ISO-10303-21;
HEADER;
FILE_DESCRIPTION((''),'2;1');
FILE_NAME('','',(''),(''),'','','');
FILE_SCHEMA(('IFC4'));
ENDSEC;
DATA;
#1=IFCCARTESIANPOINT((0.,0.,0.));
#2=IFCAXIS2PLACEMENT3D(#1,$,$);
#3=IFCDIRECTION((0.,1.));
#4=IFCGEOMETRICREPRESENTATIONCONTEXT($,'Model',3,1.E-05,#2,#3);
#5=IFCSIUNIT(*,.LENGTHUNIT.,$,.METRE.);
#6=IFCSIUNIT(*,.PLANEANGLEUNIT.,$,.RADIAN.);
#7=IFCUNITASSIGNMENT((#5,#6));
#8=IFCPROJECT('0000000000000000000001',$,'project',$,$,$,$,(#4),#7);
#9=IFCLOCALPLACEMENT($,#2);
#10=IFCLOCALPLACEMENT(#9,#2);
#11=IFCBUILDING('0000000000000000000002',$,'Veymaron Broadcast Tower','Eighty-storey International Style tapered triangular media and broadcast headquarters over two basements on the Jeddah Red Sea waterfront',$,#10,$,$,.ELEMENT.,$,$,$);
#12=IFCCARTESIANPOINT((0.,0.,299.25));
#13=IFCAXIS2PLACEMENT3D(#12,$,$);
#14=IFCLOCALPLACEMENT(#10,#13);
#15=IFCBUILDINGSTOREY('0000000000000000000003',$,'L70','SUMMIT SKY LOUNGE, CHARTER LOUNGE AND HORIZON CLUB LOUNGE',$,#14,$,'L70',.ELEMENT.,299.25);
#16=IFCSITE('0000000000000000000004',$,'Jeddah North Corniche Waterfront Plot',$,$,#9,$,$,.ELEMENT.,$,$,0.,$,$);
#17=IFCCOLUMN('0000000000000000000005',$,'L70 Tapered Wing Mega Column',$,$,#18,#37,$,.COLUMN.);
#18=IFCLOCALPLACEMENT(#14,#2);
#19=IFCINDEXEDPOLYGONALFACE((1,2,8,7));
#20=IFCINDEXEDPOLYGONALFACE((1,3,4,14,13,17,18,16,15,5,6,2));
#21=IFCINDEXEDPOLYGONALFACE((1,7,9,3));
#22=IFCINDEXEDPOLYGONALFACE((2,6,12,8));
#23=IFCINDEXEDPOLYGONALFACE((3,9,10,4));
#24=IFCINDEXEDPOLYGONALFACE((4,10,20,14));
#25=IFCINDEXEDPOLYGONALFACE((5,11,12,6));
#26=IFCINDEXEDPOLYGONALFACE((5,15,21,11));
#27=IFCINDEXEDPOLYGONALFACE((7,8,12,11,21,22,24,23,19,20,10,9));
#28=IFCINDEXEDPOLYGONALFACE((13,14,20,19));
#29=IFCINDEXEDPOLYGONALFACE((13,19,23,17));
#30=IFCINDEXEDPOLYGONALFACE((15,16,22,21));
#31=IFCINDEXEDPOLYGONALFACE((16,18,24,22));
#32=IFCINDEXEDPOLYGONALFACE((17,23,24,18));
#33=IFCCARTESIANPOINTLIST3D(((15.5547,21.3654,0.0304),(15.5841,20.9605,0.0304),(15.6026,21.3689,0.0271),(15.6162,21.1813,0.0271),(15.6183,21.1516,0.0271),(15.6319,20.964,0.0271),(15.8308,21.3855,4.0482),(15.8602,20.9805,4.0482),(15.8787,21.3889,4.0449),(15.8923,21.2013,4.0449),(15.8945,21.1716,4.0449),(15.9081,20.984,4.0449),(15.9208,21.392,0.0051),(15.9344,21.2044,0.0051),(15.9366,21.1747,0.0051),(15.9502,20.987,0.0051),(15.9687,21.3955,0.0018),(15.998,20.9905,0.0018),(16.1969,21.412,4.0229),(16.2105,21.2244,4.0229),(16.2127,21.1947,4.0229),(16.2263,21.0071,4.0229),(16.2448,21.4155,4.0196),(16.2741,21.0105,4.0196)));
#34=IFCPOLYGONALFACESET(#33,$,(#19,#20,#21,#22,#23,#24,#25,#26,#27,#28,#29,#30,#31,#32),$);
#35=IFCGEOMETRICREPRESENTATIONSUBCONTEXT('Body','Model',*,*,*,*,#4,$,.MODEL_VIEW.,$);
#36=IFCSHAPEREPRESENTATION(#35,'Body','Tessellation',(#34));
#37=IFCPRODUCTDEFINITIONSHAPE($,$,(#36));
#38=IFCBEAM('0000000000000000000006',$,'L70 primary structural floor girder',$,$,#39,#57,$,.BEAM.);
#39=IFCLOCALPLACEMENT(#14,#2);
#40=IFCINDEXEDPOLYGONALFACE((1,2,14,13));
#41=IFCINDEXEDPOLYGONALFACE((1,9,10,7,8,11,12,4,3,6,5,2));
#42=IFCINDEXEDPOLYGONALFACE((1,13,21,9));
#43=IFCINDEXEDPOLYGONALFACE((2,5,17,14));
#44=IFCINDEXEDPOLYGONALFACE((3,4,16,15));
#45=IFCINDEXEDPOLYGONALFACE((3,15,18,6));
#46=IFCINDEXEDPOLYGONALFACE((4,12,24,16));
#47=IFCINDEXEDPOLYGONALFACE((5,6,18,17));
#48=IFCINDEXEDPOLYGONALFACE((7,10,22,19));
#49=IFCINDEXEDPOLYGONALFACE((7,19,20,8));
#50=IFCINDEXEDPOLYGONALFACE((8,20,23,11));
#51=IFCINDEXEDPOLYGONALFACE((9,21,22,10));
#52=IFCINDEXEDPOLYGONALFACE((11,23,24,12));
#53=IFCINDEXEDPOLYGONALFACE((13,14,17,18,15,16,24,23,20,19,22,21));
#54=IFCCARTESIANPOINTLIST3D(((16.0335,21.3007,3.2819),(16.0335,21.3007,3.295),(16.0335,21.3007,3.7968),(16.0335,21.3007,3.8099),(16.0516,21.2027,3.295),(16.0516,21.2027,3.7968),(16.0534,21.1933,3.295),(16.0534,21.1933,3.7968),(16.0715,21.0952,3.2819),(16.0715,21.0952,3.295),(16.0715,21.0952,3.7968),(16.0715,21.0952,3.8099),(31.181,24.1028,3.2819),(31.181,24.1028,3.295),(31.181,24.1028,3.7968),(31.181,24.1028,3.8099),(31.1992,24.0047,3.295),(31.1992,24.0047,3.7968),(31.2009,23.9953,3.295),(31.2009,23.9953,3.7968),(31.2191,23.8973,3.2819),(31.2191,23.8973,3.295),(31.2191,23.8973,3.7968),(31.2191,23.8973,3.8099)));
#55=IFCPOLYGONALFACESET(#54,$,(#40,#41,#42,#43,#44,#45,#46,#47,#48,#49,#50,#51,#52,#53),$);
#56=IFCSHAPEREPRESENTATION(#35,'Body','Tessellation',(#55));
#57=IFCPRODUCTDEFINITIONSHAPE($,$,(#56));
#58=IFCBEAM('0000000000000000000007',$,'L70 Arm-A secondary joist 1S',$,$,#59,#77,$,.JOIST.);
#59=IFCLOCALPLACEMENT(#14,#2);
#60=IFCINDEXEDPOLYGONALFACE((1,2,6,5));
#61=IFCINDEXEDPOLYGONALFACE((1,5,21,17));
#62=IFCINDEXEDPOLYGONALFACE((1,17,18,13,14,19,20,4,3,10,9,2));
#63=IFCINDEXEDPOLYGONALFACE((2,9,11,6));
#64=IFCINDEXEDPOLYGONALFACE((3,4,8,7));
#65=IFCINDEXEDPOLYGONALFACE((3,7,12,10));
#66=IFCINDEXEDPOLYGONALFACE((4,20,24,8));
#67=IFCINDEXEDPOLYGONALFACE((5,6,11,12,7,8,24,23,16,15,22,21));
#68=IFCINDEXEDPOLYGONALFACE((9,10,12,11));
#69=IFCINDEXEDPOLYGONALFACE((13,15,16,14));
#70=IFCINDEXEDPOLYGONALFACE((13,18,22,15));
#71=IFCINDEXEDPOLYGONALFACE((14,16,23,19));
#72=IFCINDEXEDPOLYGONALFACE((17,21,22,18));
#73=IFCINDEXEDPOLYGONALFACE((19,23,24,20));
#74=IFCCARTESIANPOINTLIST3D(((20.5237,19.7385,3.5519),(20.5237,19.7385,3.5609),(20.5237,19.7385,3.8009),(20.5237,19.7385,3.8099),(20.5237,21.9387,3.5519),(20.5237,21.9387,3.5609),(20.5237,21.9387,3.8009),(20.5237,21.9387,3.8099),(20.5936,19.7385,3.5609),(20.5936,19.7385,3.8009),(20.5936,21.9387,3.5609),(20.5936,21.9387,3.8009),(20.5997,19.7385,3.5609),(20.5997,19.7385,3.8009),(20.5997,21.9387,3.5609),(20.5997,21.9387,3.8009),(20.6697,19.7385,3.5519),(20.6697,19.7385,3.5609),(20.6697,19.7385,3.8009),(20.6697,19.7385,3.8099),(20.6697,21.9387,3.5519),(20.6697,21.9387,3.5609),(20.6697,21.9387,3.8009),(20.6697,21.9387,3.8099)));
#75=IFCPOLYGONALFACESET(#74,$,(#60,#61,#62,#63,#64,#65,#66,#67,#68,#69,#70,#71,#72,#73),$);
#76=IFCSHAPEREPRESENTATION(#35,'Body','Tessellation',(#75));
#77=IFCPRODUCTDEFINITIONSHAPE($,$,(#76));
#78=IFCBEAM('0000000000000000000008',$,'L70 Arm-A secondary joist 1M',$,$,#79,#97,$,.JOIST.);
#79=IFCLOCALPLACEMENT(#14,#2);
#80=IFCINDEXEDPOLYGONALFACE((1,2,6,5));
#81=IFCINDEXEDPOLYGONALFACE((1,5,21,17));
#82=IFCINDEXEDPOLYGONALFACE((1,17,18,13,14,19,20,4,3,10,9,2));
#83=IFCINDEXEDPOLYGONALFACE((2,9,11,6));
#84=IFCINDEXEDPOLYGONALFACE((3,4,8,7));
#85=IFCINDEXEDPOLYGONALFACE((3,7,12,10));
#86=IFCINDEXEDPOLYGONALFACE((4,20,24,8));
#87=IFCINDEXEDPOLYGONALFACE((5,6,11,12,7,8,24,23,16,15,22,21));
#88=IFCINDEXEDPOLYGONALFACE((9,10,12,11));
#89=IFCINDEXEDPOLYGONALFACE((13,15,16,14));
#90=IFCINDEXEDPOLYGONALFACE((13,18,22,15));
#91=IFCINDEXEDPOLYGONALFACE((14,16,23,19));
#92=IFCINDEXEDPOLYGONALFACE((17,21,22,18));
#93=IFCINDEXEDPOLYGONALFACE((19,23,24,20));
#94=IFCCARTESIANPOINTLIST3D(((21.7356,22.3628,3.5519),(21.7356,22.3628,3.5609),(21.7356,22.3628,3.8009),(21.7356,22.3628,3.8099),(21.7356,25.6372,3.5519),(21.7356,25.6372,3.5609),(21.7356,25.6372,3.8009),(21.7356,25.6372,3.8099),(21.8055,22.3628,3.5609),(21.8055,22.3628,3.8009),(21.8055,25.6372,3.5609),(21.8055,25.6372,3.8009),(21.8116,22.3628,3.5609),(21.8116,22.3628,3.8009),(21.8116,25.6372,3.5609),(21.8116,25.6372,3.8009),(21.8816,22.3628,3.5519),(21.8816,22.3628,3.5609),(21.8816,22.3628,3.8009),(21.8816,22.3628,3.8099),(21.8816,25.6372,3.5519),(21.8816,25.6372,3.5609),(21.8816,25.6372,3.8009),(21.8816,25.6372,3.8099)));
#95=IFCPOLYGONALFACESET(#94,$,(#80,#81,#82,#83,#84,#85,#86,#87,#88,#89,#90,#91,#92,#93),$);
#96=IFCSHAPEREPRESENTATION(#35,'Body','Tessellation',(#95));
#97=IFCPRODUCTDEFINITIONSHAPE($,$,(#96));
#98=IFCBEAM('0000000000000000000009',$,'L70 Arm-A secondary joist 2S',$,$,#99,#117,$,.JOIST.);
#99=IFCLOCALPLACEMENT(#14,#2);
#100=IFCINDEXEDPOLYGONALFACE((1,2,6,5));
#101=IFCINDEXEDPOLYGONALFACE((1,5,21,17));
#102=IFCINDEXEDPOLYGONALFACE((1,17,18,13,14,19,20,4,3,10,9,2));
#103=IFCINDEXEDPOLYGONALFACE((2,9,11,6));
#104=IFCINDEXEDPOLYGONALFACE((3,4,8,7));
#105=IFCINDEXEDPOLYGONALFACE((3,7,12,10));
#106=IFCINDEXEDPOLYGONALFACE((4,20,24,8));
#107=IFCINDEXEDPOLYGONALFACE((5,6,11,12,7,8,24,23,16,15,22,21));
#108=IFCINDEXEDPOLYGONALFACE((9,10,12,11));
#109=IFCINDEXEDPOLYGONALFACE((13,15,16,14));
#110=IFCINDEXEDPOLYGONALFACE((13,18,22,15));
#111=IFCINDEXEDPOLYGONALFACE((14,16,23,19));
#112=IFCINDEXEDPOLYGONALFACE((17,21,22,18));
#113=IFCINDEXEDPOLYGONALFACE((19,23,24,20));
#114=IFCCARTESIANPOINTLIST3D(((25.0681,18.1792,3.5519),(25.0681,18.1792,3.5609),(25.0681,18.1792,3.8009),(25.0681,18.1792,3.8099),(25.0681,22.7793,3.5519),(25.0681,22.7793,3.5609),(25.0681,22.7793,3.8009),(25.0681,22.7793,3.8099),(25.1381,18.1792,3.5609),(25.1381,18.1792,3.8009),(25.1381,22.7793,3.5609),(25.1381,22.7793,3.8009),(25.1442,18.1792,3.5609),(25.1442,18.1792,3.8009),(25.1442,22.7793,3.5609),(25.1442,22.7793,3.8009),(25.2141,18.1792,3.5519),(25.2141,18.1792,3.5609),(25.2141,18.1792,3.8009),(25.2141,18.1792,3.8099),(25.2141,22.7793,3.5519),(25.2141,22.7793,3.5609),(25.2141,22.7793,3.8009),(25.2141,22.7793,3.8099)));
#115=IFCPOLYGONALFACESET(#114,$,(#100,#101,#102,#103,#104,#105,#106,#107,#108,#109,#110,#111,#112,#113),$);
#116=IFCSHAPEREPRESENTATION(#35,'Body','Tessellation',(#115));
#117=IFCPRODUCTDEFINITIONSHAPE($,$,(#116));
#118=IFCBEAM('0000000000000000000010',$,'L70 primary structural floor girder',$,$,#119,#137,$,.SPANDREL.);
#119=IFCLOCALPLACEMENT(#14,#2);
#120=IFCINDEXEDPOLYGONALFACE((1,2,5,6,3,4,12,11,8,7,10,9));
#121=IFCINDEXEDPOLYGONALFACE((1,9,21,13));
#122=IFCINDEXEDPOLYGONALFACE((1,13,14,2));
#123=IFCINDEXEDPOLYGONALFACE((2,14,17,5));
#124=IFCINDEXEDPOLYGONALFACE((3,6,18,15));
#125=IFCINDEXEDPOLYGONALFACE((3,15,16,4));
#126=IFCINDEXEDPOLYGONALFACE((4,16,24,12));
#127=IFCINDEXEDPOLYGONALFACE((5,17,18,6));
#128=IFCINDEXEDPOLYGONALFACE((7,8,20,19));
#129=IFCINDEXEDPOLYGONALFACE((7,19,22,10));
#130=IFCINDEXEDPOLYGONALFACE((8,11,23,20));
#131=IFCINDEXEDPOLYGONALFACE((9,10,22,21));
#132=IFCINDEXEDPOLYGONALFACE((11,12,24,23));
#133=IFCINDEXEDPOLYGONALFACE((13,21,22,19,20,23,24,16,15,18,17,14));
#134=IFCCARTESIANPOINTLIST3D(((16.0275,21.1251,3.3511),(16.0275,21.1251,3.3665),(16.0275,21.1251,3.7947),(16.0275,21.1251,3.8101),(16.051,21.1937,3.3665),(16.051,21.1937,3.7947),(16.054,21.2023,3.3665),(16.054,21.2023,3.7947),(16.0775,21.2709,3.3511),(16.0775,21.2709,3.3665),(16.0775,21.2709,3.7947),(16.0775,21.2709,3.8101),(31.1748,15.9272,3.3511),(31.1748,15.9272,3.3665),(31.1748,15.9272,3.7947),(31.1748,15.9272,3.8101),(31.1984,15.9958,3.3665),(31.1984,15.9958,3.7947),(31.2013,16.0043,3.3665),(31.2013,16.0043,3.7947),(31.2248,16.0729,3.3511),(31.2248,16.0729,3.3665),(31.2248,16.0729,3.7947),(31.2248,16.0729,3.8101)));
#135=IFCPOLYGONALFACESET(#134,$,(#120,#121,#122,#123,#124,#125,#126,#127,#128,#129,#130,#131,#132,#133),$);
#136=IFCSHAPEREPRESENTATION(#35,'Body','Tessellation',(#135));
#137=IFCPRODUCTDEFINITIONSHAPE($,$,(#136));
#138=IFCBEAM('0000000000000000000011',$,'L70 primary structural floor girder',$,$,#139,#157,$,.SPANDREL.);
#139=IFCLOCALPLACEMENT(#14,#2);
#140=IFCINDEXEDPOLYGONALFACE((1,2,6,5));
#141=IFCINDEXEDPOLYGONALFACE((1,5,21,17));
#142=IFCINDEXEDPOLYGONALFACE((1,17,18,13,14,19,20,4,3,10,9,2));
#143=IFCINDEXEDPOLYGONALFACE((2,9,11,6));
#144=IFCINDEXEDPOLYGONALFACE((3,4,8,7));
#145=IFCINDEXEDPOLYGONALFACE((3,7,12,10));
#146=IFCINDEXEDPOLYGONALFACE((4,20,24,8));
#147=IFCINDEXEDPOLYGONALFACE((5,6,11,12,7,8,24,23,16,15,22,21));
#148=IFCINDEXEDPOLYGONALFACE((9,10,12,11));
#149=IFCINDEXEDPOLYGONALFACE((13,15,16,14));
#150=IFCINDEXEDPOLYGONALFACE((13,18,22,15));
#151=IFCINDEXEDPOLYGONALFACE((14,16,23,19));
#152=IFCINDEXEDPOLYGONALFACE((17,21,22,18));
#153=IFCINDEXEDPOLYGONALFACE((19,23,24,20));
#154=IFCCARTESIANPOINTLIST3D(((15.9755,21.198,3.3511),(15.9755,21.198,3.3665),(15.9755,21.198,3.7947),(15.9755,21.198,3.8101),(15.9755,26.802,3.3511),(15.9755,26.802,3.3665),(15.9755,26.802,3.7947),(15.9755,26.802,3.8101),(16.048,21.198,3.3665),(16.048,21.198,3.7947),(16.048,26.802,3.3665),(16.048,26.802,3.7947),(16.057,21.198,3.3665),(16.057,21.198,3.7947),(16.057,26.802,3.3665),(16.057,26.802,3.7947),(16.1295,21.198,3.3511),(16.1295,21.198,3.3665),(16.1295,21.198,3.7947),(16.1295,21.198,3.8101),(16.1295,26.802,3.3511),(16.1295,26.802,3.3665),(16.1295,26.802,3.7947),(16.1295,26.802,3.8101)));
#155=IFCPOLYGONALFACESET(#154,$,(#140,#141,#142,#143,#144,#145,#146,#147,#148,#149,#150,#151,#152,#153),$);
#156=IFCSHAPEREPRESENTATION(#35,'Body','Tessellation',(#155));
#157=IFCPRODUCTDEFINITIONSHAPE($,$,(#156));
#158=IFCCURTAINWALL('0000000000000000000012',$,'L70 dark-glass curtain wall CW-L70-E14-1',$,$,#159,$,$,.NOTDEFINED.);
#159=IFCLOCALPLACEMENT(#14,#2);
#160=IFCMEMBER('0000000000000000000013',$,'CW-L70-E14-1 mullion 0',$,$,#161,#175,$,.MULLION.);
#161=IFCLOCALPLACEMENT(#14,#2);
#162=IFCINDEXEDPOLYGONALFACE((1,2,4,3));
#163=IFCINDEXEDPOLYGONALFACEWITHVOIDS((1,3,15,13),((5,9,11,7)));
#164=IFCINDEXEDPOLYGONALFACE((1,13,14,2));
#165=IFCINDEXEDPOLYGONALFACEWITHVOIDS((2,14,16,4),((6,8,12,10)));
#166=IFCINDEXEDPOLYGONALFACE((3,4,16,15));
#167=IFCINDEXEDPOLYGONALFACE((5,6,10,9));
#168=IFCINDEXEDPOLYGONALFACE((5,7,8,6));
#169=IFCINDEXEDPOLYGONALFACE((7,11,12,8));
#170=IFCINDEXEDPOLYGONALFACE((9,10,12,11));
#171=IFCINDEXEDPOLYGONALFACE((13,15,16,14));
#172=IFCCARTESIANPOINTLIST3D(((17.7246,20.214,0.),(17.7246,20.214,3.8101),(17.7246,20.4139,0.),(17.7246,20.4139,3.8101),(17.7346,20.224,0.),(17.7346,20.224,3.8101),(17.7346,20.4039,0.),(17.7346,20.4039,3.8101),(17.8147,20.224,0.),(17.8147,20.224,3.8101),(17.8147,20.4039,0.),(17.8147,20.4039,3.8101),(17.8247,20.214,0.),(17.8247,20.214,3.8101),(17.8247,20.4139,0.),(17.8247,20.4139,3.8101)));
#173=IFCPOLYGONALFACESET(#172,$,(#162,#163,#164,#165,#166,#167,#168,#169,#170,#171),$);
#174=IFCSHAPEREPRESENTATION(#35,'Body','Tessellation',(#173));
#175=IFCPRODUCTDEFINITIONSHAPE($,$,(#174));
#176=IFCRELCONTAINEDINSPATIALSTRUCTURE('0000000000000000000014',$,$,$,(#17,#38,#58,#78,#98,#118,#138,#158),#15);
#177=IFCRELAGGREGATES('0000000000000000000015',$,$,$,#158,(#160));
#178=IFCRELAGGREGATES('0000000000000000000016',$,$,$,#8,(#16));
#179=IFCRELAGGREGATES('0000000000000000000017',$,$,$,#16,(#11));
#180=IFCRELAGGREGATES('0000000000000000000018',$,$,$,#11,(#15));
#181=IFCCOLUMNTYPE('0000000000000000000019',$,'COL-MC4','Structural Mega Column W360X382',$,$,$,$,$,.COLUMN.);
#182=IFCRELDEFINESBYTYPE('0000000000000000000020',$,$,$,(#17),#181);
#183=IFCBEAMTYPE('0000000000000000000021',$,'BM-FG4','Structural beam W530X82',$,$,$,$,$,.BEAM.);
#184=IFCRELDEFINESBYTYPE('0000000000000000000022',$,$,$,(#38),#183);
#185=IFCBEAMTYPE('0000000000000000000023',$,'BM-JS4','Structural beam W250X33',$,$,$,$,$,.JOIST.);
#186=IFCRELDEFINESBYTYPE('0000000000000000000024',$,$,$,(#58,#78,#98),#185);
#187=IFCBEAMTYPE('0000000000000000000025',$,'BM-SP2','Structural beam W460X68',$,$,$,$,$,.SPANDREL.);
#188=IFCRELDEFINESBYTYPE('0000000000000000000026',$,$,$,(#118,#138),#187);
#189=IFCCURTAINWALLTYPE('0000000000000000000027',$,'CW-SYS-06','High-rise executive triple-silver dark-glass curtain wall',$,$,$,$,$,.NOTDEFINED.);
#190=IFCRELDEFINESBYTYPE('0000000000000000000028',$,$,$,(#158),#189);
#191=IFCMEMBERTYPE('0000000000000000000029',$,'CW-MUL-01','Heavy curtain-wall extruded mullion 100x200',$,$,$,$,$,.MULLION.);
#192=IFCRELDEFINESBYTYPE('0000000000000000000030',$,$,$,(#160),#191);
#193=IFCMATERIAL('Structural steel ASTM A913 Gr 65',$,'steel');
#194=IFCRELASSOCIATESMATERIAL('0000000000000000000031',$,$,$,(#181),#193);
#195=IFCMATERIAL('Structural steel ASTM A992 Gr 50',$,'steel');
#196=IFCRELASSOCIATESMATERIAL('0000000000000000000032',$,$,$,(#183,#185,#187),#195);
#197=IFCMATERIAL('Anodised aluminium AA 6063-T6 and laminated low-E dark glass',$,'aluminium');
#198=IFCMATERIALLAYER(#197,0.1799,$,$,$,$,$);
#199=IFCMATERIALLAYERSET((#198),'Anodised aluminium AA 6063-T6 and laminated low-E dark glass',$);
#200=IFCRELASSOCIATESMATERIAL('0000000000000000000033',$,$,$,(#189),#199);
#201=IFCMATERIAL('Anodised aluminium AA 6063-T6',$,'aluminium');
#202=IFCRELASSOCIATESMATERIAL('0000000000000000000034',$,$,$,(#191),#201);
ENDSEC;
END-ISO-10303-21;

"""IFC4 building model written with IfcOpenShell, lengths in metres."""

from ifc_helpers import new_model, si_unit, direction, frame, origin, origin_2d, place, context, subcontext, project, spatial, hollow_rectangle, i_section, extrude, material, layer, layer_set, material_profile, profile_set, type_object, element, aggregate, save


model = new_model("IFC4")

# Units and contexts
model_context = context("Model", 3, precision=1e-05, world=origin(), true_north=direction((0.0, 1.0)))
body_context = subcontext(model_context, "Body", "Model", "MODEL_VIEW")
ifc_project = project(units=[si_unit("LENGTHUNIT", "METRE"), si_unit("PLANEANGLEUNIT", "RADIAN")], contexts=[model_context])

# Site, building, storey
site_placement = place(None, origin())
site = spatial("IfcSite", under=ifc_project, at=site_placement, Name="Jeddah North Corniche Waterfront Plot", CompositionType="ELEMENT", RefElevation=0.0)
building_placement = place(site_placement, origin())
building = spatial("IfcBuilding", under=site, at=building_placement, Name="Veymaron Broadcast Tower", Description="Eighty-storey International Style tapered triangular media and broadcast headquarters over two basements on the Jeddah Red Sea waterfront", CompositionType="ELEMENT")
storey_placement = place(building_placement, frame((0.0, 0.0, 299.25)))
storey = spatial("IfcBuildingStorey", under=building, at=storey_placement, Name="L70", Description="SUMMIT SKY LOUNGE, CHARTER LOUNGE AND HORIZON CLUB LOUNGE", LongName="L70", CompositionType="ELEMENT", Elevation=299.25)

# Column
ifc_material_1 = material(Name="Structural steel ASTM A913 Gr 65", Category="steel")
ifc_material_profile_1 = material_profile(ifc_material_1, i_section(OverallWidth=0.406, OverallDepth=0.416, WebThickness=0.0298, FlangeThickness=0.0481, at=origin_2d()), Name="W360X382")
ifc_profile_set_1 = profile_set([ifc_material_profile_1], Name="Structural steel ASTM A913 Gr 65")
column_type = type_object("IfcColumnType", Name="COL-MC4", Description="Structural Mega Column W360X382", PredefinedType="COLUMN", material=ifc_profile_set_1)
column_placement = place(storey_placement, frame((15.7764, 21.178, 0.0161), z_axis=(0.068562, 0.004971, 0.997634), x_axis=(-0.072312, 0.997382, 0.0)))
element("IfcColumn", 1, at=column_placement, inside=storey, type_object=column_type, Name="L70 Tapered Wing Mega Column", PredefinedType="COLUMN", context=body_context, shape_type="SweptSolid", body=[
    extrude(i_section(OverallWidth=0.406, OverallDepth=0.416, WebThickness=0.0298, FlangeThickness=0.0481, at=origin_2d()), origin(), (0.0, 0.0, 1.0), 4.0273),
])

# Beams
ifc_material_2 = material(Name="Structural steel ASTM A992 Gr 50", Category="steel")
ifc_material_profile_2 = material_profile(ifc_material_2, i_section(OverallWidth=0.209, OverallDepth=0.5281, WebThickness=0.0095, FlangeThickness=0.0132, at=origin_2d()), Name="W530X82")
ifc_profile_set_2 = profile_set([ifc_material_profile_2], Name="Structural steel ASTM A992 Gr 50")
beam_type_1 = type_object("IfcBeamType", Name="BM-FG4", Description="Structural beam W530X82", PredefinedType="BEAM", material=ifc_profile_set_2)
beam_1_placement = place(storey_placement, frame((16.0525, 21.198, 3.5459), z_axis=(0.983318, 0.181896, 0.0), x_axis=(-0.181896, 0.983318, 0.0)))
element("IfcBeam", 2, at=beam_1_placement, inside=storey, type_object=beam_type_1, Name="L70 primary structural floor girder", PredefinedType="BEAM", context=body_context, shape_type="SweptSolid", body=[
    extrude(i_section(OverallWidth=0.209, OverallDepth=0.5281, WebThickness=0.0095, FlangeThickness=0.0132, at=origin_2d()), origin(), (0.0, 0.0, 1.0), 15.4045),
])
ifc_material_profile_3 = material_profile(ifc_material_2, i_section(OverallWidth=0.146, OverallDepth=0.2581, WebThickness=0.0061, FlangeThickness=0.009, at=origin_2d()), Name="W250X33")
ifc_profile_set_3 = profile_set([ifc_material_profile_3], Name="Structural steel ASTM A992 Gr 50")
beam_type_2 = type_object("IfcBeamType", Name="BM-JS4", Description="Structural beam W250X33", PredefinedType="JOIST", material=ifc_profile_set_3)
beam_2_placement = place(storey_placement, frame((20.5967, 19.7385, 3.6809), z_axis=(0.0, 1.0, 0.0), x_axis=(-1.0, 0.0, 0.0)))
element("IfcBeam", 3, at=beam_2_placement, inside=storey, type_object=beam_type_2, Name="L70 Arm-A secondary joist 1S", PredefinedType="JOIST", context=body_context, shape_type="SweptSolid", body=[
    extrude(i_section(OverallWidth=0.146, OverallDepth=0.2581, WebThickness=0.0061, FlangeThickness=0.009, at=origin_2d()), origin(), (0.0, 0.0, 1.0), 2.2002),
])
beam_3_placement = place(storey_placement, frame((21.8086, 22.3628, 3.6809), z_axis=(0.0, 1.0, 0.0), x_axis=(-1.0, 0.0, 0.0)))
element("IfcBeam", 4, at=beam_3_placement, inside=storey, type_object=beam_type_2, Name="L70 Arm-A secondary joist 1M", PredefinedType="JOIST", context=body_context, shape_type="SweptSolid", body=[
    extrude(i_section(OverallWidth=0.146, OverallDepth=0.2581, WebThickness=0.0061, FlangeThickness=0.009, at=origin_2d()), origin(), (0.0, 0.0, 1.0), 3.2744),
])
beam_4_placement = place(storey_placement, frame((25.1411, 18.1792, 3.6809), z_axis=(0.0, 1.0, 0.0), x_axis=(-1.0, 0.0, 0.0)))
element("IfcBeam", 5, at=beam_4_placement, inside=storey, type_object=beam_type_2, Name="L70 Arm-A secondary joist 2S", PredefinedType="JOIST", context=body_context, shape_type="SweptSolid", body=[
    extrude(i_section(OverallWidth=0.146, OverallDepth=0.2581, WebThickness=0.0061, FlangeThickness=0.009, at=origin_2d()), origin(), (0.0, 0.0, 1.0), 4.6001),
])
ifc_material_profile_4 = material_profile(ifc_material_2, i_section(OverallWidth=0.1541, OverallDepth=0.459, WebThickness=0.009, FlangeThickness=0.0154, at=origin_2d()), Name="W460X68")
ifc_profile_set_4 = profile_set([ifc_material_profile_4], Name="Structural steel ASTM A992 Gr 50")
beam_type_3 = type_object("IfcBeamType", Name="BM-SP2", Description="Structural beam W460X68", PredefinedType="SPANDREL", material=ifc_profile_set_4)
beam_5_placement = place(storey_placement, frame((16.0525, 21.198, 3.5806), z_axis=(0.945858, -0.32458, 0.0), x_axis=(0.32458, 0.945858, 0.0)))
element("IfcBeam", 6, at=beam_5_placement, inside=storey, type_object=beam_type_3, Name="L70 primary structural floor girder", PredefinedType="SPANDREL", context=body_context, shape_type="SweptSolid", body=[
    extrude(i_section(OverallWidth=0.1541, OverallDepth=0.459, WebThickness=0.009, FlangeThickness=0.0154, at=origin_2d()), origin(), (0.0, 0.0, 1.0), 16.0144),
])
beam_6_placement = place(storey_placement, frame((16.0525, 21.198, 3.5806), z_axis=(0.0, 1.0, 0.0), x_axis=(-1.0, 0.0, 0.0)))
element("IfcBeam", 7, at=beam_6_placement, inside=storey, type_object=beam_type_3, Name="L70 primary structural floor girder", PredefinedType="SPANDREL", context=body_context, shape_type="SweptSolid", body=[
    extrude(i_section(OverallWidth=0.1541, OverallDepth=0.459, WebThickness=0.009, FlangeThickness=0.0154, at=origin_2d()), origin(), (0.0, 0.0, 1.0), 5.604),
])

# Curtain wall, member
ifc_material_3 = material(Name="Anodised aluminium AA 6063-T6 and laminated low-E dark glass", Category="aluminium")
ifc_layer_1 = layer(ifc_material_3, 0.1799)
ifc_layer_set_1 = layer_set([ifc_layer_1], Name="Anodised aluminium AA 6063-T6 and laminated low-E dark glass")
curtain_wall_type = type_object("IfcCurtainWallType", Name="CW-SYS-06", Description="High-rise executive triple-silver dark-glass curtain wall", PredefinedType="NOTDEFINED", material=ifc_layer_set_1)
curtain_wall_1_placement = place(storey_placement, origin())
curtain_wall_1 = element("IfcCurtainWall", 8, at=curtain_wall_1_placement, inside=storey, type_object=curtain_wall_type, Name="L70 dark-glass curtain wall CW-L70-E14-1", PredefinedType="NOTDEFINED")
ifc_material_4 = material(Name="Anodised aluminium AA 6063-T6", Category="aluminium")
ifc_material_profile_5 = material_profile(ifc_material_4, hollow_rectangle(XDim=0.1001, YDim=0.2, WallThickness=0.01, at=origin_2d()), Name="RHS200X100X10")
ifc_profile_set_5 = profile_set([ifc_material_profile_5], Name="Anodised aluminium AA 6063-T6")
member_type_1 = type_object("IfcMemberType", Name="CW-MUL-01", Description="Heavy curtain-wall extruded mullion 100x200", PredefinedType="MULLION", material=ifc_profile_set_5)
member_1_placement = place(storey_placement, frame((17.7747, 20.314, 0.0), z_axis=(0.0, 0.0, 1.0), x_axis=(1.0, 0.0, 0.0)))
member_1 = element("IfcMember", 9, at=member_1_placement, type_object=member_type_1, Name="CW-L70-E14-1 mullion 0", PredefinedType="MULLION", context=body_context, shape_type="SweptSolid", body=[
    extrude(hollow_rectangle(XDim=0.1001, YDim=0.2, WallThickness=0.01, at=origin_2d()), origin(), (0.0, 0.0, 1.0), 3.8101),
])

aggregate(curtain_wall_1, [member_1])

save(model, "model.ifc")
